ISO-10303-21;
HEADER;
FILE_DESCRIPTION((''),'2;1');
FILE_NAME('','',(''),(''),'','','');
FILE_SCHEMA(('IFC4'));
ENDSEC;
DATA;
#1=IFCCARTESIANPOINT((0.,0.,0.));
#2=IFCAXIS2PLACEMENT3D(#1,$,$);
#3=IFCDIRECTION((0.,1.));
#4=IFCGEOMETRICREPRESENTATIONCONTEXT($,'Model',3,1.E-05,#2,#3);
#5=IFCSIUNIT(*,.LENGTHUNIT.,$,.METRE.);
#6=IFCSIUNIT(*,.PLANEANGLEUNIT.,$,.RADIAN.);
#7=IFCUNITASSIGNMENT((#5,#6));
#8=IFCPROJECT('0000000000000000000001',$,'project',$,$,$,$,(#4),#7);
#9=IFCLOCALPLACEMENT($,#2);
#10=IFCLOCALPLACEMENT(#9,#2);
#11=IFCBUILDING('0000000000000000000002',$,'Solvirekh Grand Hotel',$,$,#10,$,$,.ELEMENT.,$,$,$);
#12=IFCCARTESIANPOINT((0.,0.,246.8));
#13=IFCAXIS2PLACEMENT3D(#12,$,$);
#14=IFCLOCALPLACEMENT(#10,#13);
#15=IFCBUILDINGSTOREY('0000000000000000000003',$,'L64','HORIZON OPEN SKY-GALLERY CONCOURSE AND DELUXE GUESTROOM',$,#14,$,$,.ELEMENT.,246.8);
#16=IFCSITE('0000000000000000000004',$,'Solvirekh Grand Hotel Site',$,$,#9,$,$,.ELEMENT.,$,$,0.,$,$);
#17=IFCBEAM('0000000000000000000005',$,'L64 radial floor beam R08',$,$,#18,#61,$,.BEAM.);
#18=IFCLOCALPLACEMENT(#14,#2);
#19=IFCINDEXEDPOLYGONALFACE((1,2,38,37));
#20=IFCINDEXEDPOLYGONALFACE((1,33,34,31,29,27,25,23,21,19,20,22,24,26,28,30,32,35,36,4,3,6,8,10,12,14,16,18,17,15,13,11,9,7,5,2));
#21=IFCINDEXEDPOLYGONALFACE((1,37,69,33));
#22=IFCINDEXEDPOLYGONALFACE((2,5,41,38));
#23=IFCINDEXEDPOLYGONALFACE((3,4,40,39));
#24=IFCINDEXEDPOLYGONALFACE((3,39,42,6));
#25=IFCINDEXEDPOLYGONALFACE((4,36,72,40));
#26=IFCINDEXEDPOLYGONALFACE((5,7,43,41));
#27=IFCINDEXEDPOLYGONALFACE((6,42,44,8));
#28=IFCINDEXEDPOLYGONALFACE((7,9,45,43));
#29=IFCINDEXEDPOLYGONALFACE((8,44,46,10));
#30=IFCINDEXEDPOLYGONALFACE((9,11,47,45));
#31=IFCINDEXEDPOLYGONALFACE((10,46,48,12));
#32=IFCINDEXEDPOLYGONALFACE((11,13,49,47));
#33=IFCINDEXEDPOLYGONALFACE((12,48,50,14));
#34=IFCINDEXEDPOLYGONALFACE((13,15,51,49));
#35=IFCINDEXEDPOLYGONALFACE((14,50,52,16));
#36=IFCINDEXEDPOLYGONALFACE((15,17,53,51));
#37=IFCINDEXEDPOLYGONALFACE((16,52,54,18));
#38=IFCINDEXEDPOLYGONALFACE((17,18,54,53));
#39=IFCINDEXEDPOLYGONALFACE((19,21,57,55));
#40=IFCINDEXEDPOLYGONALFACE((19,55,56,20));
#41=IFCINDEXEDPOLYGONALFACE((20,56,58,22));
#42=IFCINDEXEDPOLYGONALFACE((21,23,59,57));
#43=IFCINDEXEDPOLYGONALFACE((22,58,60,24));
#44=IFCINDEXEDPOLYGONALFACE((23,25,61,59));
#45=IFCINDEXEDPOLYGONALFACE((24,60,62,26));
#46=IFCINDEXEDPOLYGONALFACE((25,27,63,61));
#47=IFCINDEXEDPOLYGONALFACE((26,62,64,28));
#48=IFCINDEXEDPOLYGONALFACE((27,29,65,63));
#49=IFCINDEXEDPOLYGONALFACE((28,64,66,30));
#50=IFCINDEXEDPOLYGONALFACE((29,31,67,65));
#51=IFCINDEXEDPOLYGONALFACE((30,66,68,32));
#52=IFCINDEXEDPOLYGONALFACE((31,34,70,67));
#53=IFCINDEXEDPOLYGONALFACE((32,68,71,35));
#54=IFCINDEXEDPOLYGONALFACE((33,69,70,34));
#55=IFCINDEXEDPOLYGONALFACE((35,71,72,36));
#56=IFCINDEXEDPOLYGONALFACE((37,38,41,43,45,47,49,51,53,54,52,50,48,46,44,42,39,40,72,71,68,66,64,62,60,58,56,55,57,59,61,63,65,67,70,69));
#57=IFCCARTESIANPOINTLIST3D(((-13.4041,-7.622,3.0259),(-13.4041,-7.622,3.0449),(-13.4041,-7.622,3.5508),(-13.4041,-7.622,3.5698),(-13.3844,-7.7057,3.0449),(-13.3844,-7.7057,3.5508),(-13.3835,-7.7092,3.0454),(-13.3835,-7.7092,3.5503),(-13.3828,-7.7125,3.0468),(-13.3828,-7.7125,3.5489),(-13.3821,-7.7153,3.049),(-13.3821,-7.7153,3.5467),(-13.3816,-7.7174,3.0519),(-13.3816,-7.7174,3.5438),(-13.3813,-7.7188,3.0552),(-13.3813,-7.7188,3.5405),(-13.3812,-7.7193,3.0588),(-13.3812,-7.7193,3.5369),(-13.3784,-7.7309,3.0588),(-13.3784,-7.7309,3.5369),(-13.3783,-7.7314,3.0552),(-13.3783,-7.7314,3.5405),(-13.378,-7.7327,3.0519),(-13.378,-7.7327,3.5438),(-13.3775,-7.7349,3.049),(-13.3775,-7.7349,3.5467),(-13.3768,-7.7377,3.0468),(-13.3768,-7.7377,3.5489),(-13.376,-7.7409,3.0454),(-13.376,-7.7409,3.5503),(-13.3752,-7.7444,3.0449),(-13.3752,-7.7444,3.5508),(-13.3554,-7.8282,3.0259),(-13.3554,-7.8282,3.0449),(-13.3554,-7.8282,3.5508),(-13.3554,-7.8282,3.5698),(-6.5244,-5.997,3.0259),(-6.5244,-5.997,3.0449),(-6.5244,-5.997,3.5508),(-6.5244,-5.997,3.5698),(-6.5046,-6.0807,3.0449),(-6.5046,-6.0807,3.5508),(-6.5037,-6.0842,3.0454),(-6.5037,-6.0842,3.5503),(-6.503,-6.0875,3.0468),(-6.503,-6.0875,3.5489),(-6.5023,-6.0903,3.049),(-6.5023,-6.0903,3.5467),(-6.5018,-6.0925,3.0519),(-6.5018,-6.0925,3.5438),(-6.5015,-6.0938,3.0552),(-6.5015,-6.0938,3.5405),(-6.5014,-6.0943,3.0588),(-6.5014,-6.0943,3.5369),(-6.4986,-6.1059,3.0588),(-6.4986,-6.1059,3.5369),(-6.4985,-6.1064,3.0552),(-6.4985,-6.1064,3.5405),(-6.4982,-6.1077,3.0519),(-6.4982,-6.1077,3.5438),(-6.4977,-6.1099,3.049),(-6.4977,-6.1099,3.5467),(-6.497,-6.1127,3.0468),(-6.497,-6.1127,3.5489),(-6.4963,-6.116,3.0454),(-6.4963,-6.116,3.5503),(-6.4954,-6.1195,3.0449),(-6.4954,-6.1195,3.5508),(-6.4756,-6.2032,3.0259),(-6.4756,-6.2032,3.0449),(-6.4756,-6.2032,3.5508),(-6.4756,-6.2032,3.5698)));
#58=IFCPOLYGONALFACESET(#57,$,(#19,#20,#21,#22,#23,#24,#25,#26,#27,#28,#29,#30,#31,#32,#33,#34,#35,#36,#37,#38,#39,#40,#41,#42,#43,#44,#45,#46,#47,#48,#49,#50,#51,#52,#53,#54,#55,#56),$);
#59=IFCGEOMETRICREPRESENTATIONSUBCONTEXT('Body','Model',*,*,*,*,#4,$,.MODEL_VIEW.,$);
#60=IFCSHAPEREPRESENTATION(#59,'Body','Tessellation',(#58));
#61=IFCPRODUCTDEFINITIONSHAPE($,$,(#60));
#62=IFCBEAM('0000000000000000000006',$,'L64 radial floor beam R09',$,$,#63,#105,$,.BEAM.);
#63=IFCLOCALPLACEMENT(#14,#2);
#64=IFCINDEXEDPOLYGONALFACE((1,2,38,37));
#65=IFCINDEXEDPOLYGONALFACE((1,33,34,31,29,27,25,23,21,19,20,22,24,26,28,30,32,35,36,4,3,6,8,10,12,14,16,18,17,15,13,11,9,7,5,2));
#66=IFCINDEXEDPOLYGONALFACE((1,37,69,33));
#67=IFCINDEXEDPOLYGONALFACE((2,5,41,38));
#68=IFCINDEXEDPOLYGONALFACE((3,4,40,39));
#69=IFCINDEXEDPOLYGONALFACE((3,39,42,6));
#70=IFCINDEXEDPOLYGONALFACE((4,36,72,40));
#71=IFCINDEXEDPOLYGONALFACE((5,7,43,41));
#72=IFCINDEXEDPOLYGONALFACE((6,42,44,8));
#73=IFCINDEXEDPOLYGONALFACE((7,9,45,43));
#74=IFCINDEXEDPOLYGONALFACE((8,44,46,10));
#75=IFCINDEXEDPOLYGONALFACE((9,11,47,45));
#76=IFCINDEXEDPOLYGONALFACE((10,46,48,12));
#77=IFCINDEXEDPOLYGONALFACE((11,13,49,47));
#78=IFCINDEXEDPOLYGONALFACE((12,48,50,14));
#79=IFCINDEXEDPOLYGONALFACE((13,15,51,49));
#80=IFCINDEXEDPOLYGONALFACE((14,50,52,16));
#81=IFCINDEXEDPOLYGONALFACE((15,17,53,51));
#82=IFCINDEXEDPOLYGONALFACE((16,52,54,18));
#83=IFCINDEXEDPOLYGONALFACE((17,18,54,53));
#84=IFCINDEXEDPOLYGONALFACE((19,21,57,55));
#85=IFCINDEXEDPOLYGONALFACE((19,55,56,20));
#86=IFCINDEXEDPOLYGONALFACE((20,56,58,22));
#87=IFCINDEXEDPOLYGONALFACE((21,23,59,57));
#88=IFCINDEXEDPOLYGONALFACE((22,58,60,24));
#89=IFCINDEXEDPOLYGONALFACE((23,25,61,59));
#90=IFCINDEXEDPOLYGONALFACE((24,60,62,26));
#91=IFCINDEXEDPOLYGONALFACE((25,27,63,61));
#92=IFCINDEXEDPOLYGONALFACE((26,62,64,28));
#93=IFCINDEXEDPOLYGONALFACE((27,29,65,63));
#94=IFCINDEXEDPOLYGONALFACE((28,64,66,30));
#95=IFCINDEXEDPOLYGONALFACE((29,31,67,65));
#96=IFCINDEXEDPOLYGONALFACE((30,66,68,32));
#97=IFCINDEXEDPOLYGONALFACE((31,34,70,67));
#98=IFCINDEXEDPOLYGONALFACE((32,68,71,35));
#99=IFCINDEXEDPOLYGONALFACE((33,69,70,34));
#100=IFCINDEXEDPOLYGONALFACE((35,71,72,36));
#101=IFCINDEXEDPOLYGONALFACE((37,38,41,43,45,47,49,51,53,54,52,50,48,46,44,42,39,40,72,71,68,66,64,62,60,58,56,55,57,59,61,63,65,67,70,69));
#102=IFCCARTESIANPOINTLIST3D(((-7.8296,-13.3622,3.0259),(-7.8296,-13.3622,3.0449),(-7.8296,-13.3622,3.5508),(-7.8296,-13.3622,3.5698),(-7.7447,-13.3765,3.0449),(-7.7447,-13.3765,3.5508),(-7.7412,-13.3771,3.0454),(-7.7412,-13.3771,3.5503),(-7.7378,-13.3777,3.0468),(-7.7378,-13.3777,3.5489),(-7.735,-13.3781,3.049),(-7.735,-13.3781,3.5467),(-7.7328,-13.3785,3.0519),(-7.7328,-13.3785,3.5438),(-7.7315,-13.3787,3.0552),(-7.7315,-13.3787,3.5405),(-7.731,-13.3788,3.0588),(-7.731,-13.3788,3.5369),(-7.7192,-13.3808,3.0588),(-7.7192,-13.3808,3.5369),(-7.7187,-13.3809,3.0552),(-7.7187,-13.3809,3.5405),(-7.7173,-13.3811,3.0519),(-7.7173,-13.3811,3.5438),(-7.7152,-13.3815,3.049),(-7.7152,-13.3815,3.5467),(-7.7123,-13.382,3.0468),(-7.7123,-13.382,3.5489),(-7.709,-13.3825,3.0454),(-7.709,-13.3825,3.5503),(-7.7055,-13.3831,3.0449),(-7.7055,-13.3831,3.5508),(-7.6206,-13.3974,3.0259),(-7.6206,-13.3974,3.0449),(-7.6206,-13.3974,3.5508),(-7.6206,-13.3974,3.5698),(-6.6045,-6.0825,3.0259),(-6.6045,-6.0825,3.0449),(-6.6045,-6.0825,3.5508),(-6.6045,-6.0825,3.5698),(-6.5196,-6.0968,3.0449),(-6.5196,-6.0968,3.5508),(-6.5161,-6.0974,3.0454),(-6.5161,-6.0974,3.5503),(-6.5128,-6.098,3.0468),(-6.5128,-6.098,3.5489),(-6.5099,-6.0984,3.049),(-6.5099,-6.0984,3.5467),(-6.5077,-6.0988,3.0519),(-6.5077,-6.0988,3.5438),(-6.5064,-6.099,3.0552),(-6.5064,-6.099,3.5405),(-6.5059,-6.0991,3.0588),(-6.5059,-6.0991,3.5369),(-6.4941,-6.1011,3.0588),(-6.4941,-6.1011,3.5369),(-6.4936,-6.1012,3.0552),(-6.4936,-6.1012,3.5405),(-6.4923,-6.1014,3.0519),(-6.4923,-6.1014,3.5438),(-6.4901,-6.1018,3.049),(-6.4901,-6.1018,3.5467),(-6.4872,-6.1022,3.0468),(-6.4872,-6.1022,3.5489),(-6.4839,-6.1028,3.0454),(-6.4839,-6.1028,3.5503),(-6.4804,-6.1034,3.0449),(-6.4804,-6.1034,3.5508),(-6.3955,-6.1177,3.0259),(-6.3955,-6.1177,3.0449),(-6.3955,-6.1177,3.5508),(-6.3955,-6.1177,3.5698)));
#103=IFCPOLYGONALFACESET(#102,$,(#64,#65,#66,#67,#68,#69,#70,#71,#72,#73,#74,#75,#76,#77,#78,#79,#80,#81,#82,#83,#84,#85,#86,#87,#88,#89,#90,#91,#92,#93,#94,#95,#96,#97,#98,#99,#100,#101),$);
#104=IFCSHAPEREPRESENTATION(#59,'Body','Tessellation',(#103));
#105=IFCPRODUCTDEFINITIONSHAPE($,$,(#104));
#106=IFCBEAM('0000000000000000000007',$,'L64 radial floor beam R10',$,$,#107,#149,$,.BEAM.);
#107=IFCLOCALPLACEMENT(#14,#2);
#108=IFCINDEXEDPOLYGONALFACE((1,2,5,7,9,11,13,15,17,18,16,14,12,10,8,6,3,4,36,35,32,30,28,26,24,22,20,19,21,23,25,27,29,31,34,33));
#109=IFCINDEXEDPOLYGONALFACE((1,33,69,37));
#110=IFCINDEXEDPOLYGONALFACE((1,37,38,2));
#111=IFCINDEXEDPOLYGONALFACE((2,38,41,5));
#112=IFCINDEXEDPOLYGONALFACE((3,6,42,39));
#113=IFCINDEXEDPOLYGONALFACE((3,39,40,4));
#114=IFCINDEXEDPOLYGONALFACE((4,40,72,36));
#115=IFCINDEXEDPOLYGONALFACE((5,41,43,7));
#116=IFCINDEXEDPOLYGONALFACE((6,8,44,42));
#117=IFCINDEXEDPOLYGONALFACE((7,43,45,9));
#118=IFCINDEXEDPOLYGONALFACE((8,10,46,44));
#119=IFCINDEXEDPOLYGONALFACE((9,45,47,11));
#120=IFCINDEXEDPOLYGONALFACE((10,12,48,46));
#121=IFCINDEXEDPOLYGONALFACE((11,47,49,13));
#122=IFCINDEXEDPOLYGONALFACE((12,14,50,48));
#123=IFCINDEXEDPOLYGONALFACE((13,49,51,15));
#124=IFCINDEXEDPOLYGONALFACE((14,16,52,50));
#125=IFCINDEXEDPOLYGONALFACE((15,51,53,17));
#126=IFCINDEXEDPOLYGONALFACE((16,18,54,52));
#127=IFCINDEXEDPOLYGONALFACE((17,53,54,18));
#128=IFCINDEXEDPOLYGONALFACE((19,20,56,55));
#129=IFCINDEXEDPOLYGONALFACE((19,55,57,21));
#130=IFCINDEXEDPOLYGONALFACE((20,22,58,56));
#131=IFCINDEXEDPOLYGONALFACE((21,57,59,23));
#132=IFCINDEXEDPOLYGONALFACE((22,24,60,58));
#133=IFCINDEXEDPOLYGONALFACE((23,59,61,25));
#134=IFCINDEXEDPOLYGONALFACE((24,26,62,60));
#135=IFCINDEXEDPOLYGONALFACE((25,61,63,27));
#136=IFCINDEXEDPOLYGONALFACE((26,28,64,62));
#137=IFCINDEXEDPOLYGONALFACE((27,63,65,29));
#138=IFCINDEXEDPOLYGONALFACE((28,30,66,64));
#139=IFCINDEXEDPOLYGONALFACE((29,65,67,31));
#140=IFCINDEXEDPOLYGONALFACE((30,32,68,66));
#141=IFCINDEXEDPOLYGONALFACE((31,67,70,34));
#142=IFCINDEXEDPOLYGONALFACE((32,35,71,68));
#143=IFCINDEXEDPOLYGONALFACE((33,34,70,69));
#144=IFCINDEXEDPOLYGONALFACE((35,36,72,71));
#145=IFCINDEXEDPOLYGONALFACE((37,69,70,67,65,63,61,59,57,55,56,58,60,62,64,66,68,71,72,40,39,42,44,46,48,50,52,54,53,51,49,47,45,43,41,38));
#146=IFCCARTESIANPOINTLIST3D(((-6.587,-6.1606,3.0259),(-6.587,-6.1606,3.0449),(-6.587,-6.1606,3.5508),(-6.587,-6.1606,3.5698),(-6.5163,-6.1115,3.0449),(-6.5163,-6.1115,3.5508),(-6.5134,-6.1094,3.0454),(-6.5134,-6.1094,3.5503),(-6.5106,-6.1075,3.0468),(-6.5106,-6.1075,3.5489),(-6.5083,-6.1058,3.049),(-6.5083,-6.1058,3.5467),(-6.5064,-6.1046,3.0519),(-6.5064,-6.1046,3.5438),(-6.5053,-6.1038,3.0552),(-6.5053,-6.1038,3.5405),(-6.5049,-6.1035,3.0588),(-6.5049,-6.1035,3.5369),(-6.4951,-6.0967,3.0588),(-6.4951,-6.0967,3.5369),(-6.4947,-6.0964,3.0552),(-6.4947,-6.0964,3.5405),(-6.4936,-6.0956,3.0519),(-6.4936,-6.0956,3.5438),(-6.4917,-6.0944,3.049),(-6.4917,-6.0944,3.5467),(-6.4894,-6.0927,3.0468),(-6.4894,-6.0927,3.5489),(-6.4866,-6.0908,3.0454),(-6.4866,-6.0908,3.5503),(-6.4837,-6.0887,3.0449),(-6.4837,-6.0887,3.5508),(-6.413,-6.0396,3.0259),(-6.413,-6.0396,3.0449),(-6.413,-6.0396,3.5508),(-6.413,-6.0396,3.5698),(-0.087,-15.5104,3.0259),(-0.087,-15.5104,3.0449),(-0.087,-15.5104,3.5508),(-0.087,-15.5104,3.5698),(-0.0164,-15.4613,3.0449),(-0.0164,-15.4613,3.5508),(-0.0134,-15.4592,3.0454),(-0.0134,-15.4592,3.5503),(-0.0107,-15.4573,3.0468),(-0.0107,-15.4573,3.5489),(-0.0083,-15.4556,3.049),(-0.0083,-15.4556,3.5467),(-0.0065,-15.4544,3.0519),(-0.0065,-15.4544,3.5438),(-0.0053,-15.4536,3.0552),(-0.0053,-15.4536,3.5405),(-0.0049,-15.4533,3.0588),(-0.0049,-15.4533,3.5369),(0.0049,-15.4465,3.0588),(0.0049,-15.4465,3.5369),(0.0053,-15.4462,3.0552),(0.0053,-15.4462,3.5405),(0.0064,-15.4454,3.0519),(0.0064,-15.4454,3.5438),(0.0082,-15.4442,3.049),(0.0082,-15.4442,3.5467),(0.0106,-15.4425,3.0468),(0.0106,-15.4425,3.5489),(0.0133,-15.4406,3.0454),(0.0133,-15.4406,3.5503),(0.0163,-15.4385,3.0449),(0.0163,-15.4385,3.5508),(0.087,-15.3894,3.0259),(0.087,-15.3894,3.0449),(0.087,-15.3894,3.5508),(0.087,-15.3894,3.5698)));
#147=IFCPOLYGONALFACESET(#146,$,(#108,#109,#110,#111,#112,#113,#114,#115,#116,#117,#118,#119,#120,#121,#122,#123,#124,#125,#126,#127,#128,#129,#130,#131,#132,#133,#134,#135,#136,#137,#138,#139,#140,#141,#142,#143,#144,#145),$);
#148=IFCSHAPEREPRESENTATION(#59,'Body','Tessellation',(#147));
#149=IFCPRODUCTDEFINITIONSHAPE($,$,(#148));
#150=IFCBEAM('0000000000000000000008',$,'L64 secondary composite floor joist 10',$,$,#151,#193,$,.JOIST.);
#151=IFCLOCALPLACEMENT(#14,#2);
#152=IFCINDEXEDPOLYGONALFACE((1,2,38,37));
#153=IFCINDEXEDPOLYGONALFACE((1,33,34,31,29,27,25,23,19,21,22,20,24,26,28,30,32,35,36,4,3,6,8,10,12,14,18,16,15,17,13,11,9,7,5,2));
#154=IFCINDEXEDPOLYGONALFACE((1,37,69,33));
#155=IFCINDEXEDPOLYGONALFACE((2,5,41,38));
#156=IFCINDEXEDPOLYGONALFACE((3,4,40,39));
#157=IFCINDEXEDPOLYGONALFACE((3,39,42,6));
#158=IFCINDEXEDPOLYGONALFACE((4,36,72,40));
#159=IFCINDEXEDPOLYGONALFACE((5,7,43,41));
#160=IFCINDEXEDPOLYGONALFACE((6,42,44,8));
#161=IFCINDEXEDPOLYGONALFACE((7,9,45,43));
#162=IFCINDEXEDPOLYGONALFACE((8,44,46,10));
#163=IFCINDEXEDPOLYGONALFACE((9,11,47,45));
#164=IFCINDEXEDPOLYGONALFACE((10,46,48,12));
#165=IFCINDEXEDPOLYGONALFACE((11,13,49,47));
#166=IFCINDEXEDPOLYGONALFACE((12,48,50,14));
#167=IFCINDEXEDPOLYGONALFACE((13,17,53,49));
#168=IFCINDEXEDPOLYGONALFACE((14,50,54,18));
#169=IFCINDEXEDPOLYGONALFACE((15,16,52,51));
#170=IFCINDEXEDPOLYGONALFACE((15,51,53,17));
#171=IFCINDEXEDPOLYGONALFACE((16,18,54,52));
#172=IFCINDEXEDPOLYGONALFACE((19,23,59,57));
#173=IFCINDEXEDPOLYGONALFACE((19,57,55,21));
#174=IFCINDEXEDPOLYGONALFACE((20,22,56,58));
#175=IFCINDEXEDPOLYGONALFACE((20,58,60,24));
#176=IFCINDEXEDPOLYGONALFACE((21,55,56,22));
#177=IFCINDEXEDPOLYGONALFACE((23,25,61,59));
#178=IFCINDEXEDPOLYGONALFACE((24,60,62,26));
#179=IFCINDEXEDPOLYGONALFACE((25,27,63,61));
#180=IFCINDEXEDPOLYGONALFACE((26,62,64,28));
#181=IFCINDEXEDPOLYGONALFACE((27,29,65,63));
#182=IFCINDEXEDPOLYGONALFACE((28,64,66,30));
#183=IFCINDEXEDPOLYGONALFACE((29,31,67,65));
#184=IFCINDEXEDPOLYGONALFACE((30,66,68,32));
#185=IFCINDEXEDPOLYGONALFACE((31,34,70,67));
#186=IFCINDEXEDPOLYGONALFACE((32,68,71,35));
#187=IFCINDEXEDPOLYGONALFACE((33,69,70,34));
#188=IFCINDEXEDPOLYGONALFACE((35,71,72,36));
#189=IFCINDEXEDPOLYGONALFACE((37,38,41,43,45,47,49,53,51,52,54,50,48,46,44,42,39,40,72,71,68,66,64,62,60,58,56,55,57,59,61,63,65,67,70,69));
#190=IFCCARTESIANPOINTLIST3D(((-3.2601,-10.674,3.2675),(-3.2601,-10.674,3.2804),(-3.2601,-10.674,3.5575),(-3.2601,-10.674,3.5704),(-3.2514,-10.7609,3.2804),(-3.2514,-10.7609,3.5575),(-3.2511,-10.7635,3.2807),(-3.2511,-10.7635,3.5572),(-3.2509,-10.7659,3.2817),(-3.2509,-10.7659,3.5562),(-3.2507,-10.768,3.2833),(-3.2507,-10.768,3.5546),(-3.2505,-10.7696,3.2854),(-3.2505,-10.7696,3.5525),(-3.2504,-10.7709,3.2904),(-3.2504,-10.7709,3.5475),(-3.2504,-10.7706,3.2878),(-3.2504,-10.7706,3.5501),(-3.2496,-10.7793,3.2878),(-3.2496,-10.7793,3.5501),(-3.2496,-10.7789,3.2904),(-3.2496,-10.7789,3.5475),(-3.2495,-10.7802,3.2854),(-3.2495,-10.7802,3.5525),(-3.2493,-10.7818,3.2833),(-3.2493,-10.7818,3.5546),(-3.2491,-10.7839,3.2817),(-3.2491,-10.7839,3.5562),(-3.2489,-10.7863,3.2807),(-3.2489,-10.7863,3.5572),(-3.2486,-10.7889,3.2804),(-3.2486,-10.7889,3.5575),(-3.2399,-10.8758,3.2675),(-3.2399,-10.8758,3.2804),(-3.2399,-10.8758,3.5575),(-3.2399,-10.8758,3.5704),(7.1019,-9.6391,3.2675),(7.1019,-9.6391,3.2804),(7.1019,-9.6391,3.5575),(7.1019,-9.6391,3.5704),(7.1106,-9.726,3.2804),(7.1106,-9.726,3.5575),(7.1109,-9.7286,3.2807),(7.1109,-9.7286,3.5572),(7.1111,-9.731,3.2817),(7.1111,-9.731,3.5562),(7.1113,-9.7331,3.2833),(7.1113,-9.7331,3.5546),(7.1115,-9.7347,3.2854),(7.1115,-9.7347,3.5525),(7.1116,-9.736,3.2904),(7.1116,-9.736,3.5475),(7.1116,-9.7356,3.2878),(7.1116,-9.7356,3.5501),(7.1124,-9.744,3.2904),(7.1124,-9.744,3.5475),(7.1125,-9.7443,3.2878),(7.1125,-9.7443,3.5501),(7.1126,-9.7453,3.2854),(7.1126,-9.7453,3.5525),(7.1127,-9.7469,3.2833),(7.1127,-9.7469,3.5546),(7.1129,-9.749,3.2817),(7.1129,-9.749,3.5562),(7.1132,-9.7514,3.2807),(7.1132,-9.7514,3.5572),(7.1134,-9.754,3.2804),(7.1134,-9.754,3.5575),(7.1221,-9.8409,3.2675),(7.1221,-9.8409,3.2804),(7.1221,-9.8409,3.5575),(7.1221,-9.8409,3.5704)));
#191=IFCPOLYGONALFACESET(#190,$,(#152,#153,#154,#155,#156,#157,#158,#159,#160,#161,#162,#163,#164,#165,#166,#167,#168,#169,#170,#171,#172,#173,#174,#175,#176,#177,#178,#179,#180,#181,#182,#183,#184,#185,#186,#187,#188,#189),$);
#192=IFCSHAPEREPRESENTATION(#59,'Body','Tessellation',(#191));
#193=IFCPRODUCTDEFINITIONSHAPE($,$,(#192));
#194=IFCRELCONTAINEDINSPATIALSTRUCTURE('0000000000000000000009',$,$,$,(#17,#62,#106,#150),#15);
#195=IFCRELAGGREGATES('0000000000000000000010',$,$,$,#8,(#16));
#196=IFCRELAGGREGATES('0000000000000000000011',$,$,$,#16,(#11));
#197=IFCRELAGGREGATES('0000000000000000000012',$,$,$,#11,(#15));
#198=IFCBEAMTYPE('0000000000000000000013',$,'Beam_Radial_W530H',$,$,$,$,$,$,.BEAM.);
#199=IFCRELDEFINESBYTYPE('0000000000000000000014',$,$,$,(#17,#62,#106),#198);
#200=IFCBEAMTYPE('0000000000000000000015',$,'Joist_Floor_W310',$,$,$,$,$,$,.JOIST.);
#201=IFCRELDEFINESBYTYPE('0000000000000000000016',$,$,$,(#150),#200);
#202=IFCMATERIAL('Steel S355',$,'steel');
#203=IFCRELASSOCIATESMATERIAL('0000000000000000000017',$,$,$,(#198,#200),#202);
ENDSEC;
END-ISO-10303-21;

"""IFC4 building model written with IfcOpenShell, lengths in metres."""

from ifc_helpers import new_model, si_unit, direction, frame, origin, origin_2d, place, context, subcontext, project, spatial, i_section, extrude, material, material_profile, profile_set, type_object, element, save


model = new_model("IFC4")

# Units and contexts
model_context = context("Model", 3, precision=1e-05, world=origin(), true_north=direction((0.0, 1.0)))
body_context = subcontext(model_context, "Body", "Model", "MODEL_VIEW")
ifc_project = project(units=[si_unit("LENGTHUNIT", "METRE"), si_unit("PLANEANGLEUNIT", "RADIAN")], contexts=[model_context])

# Site, building, storey
site_placement = place(None, origin())
site = spatial("IfcSite", under=ifc_project, at=site_placement, Name="Solvirekh Grand Hotel Site", CompositionType="ELEMENT", RefElevation=0.0)
building_placement = place(site_placement, origin())
building = spatial("IfcBuilding", under=site, at=building_placement, Name="Solvirekh Grand Hotel", CompositionType="ELEMENT")
storey_placement = place(building_placement, frame((0.0, 0.0, 246.8)))
storey = spatial("IfcBuildingStorey", under=building, at=storey_placement, Name="L64", Description="HORIZON OPEN SKY-GALLERY CONCOURSE AND DELUXE GUESTROOM", CompositionType="ELEMENT", Elevation=246.8)

# Beams
ifc_material_1 = material(Name="Steel S355", Category="steel")
ifc_material_profile_1 = material_profile(ifc_material_1, i_section(OverallWidth=0.2119, OverallDepth=0.5439, WebThickness=0.012, FlangeThickness=0.019, FilletRadius=0.0139, at=origin_2d()), Name="W530X123")
ifc_profile_set_1 = profile_set([ifc_material_profile_1], Name="Steel S355")
beam_type_1 = type_object("IfcBeamType", Name="Beam_Radial_W530H", PredefinedType="BEAM", material=ifc_profile_set_1)
beam_1_placement = place(storey_placement, frame((-6.5, -6.1001, 3.2979), z_axis=(-0.973221, -0.229871, 0.0), x_axis=(0.229871, -0.973221, 0.0)))
element("IfcBeam", 1, at=beam_1_placement, inside=storey, type_object=beam_type_1, Name="L64 radial floor beam R08", PredefinedType="BEAM", context=body_context, shape_type="SweptSolid", body=[
    extrude(i_section(OverallWidth=0.2119, OverallDepth=0.5439, WebThickness=0.012, FlangeThickness=0.019, FilletRadius=0.0139, at=origin_2d()), origin(), (0.0, 0.0, 1.0), 7.0691),
])
beam_2_placement = place(storey_placement, frame((-6.5, -6.1001, 3.2979), z_axis=(-0.165954, -0.986133, 0.0), x_axis=(0.986133, -0.165954, 0.0)))
element("IfcBeam", 2, at=beam_2_placement, inside=storey, type_object=beam_type_1, Name="L64 radial floor beam R09", PredefinedType="BEAM", context=body_context, shape_type="SweptSolid", body=[
    extrude(i_section(OverallWidth=0.2119, OverallDepth=0.5439, WebThickness=0.012, FlangeThickness=0.019, FilletRadius=0.0139, at=origin_2d()), origin(), (0.0, 0.0, 1.0), 7.3821),
])
beam_3_placement = place(storey_placement, frame((-6.5, -6.1001, 3.2979), z_axis=(0.570813, -0.82108, 0.0), x_axis=(0.82108, 0.570813, 0.0)))
element("IfcBeam", 3, at=beam_3_placement, inside=storey, type_object=beam_type_1, Name="L64 radial floor beam R10", PredefinedType="BEAM", context=body_context, shape_type="SweptSolid", body=[
    extrude(i_section(OverallWidth=0.2119, OverallDepth=0.5439, WebThickness=0.012, FlangeThickness=0.019, FilletRadius=0.0139, at=origin_2d()), origin(), (0.0, 0.0, 1.0), 11.3872),
])
ifc_material_profile_2 = material_profile(ifc_material_1, i_section(OverallWidth=0.2029, OverallDepth=0.303, WebThickness=0.0081, FlangeThickness=0.0129, FilletRadius=0.01, at=origin_2d()), Name="W310X60")
ifc_profile_set_2 = profile_set([ifc_material_profile_2], Name="Steel S355")
beam_type_2 = type_object("IfcBeamType", Name="Joist_Floor_W310", PredefinedType="JOIST", material=ifc_profile_set_2)
beam_4_placement = place(storey_placement, frame((-3.25, -10.7749, 3.4189), z_axis=(0.995049, 0.099381, 0.0), x_axis=(-0.099381, 0.995049, 0.0)))
element("IfcBeam", 4, at=beam_4_placement, inside=storey, type_object=beam_type_2, Name="L64 secondary composite floor joist 10", PredefinedType="JOIST", context=body_context, shape_type="SweptSolid", body=[
    extrude(i_section(OverallWidth=0.2029, OverallDepth=0.303, WebThickness=0.0081, FlangeThickness=0.0129, FilletRadius=0.01, at=origin_2d()), origin(), (0.0, 0.0, 1.0), 10.4136),
])

save(model, "model.ifc")
